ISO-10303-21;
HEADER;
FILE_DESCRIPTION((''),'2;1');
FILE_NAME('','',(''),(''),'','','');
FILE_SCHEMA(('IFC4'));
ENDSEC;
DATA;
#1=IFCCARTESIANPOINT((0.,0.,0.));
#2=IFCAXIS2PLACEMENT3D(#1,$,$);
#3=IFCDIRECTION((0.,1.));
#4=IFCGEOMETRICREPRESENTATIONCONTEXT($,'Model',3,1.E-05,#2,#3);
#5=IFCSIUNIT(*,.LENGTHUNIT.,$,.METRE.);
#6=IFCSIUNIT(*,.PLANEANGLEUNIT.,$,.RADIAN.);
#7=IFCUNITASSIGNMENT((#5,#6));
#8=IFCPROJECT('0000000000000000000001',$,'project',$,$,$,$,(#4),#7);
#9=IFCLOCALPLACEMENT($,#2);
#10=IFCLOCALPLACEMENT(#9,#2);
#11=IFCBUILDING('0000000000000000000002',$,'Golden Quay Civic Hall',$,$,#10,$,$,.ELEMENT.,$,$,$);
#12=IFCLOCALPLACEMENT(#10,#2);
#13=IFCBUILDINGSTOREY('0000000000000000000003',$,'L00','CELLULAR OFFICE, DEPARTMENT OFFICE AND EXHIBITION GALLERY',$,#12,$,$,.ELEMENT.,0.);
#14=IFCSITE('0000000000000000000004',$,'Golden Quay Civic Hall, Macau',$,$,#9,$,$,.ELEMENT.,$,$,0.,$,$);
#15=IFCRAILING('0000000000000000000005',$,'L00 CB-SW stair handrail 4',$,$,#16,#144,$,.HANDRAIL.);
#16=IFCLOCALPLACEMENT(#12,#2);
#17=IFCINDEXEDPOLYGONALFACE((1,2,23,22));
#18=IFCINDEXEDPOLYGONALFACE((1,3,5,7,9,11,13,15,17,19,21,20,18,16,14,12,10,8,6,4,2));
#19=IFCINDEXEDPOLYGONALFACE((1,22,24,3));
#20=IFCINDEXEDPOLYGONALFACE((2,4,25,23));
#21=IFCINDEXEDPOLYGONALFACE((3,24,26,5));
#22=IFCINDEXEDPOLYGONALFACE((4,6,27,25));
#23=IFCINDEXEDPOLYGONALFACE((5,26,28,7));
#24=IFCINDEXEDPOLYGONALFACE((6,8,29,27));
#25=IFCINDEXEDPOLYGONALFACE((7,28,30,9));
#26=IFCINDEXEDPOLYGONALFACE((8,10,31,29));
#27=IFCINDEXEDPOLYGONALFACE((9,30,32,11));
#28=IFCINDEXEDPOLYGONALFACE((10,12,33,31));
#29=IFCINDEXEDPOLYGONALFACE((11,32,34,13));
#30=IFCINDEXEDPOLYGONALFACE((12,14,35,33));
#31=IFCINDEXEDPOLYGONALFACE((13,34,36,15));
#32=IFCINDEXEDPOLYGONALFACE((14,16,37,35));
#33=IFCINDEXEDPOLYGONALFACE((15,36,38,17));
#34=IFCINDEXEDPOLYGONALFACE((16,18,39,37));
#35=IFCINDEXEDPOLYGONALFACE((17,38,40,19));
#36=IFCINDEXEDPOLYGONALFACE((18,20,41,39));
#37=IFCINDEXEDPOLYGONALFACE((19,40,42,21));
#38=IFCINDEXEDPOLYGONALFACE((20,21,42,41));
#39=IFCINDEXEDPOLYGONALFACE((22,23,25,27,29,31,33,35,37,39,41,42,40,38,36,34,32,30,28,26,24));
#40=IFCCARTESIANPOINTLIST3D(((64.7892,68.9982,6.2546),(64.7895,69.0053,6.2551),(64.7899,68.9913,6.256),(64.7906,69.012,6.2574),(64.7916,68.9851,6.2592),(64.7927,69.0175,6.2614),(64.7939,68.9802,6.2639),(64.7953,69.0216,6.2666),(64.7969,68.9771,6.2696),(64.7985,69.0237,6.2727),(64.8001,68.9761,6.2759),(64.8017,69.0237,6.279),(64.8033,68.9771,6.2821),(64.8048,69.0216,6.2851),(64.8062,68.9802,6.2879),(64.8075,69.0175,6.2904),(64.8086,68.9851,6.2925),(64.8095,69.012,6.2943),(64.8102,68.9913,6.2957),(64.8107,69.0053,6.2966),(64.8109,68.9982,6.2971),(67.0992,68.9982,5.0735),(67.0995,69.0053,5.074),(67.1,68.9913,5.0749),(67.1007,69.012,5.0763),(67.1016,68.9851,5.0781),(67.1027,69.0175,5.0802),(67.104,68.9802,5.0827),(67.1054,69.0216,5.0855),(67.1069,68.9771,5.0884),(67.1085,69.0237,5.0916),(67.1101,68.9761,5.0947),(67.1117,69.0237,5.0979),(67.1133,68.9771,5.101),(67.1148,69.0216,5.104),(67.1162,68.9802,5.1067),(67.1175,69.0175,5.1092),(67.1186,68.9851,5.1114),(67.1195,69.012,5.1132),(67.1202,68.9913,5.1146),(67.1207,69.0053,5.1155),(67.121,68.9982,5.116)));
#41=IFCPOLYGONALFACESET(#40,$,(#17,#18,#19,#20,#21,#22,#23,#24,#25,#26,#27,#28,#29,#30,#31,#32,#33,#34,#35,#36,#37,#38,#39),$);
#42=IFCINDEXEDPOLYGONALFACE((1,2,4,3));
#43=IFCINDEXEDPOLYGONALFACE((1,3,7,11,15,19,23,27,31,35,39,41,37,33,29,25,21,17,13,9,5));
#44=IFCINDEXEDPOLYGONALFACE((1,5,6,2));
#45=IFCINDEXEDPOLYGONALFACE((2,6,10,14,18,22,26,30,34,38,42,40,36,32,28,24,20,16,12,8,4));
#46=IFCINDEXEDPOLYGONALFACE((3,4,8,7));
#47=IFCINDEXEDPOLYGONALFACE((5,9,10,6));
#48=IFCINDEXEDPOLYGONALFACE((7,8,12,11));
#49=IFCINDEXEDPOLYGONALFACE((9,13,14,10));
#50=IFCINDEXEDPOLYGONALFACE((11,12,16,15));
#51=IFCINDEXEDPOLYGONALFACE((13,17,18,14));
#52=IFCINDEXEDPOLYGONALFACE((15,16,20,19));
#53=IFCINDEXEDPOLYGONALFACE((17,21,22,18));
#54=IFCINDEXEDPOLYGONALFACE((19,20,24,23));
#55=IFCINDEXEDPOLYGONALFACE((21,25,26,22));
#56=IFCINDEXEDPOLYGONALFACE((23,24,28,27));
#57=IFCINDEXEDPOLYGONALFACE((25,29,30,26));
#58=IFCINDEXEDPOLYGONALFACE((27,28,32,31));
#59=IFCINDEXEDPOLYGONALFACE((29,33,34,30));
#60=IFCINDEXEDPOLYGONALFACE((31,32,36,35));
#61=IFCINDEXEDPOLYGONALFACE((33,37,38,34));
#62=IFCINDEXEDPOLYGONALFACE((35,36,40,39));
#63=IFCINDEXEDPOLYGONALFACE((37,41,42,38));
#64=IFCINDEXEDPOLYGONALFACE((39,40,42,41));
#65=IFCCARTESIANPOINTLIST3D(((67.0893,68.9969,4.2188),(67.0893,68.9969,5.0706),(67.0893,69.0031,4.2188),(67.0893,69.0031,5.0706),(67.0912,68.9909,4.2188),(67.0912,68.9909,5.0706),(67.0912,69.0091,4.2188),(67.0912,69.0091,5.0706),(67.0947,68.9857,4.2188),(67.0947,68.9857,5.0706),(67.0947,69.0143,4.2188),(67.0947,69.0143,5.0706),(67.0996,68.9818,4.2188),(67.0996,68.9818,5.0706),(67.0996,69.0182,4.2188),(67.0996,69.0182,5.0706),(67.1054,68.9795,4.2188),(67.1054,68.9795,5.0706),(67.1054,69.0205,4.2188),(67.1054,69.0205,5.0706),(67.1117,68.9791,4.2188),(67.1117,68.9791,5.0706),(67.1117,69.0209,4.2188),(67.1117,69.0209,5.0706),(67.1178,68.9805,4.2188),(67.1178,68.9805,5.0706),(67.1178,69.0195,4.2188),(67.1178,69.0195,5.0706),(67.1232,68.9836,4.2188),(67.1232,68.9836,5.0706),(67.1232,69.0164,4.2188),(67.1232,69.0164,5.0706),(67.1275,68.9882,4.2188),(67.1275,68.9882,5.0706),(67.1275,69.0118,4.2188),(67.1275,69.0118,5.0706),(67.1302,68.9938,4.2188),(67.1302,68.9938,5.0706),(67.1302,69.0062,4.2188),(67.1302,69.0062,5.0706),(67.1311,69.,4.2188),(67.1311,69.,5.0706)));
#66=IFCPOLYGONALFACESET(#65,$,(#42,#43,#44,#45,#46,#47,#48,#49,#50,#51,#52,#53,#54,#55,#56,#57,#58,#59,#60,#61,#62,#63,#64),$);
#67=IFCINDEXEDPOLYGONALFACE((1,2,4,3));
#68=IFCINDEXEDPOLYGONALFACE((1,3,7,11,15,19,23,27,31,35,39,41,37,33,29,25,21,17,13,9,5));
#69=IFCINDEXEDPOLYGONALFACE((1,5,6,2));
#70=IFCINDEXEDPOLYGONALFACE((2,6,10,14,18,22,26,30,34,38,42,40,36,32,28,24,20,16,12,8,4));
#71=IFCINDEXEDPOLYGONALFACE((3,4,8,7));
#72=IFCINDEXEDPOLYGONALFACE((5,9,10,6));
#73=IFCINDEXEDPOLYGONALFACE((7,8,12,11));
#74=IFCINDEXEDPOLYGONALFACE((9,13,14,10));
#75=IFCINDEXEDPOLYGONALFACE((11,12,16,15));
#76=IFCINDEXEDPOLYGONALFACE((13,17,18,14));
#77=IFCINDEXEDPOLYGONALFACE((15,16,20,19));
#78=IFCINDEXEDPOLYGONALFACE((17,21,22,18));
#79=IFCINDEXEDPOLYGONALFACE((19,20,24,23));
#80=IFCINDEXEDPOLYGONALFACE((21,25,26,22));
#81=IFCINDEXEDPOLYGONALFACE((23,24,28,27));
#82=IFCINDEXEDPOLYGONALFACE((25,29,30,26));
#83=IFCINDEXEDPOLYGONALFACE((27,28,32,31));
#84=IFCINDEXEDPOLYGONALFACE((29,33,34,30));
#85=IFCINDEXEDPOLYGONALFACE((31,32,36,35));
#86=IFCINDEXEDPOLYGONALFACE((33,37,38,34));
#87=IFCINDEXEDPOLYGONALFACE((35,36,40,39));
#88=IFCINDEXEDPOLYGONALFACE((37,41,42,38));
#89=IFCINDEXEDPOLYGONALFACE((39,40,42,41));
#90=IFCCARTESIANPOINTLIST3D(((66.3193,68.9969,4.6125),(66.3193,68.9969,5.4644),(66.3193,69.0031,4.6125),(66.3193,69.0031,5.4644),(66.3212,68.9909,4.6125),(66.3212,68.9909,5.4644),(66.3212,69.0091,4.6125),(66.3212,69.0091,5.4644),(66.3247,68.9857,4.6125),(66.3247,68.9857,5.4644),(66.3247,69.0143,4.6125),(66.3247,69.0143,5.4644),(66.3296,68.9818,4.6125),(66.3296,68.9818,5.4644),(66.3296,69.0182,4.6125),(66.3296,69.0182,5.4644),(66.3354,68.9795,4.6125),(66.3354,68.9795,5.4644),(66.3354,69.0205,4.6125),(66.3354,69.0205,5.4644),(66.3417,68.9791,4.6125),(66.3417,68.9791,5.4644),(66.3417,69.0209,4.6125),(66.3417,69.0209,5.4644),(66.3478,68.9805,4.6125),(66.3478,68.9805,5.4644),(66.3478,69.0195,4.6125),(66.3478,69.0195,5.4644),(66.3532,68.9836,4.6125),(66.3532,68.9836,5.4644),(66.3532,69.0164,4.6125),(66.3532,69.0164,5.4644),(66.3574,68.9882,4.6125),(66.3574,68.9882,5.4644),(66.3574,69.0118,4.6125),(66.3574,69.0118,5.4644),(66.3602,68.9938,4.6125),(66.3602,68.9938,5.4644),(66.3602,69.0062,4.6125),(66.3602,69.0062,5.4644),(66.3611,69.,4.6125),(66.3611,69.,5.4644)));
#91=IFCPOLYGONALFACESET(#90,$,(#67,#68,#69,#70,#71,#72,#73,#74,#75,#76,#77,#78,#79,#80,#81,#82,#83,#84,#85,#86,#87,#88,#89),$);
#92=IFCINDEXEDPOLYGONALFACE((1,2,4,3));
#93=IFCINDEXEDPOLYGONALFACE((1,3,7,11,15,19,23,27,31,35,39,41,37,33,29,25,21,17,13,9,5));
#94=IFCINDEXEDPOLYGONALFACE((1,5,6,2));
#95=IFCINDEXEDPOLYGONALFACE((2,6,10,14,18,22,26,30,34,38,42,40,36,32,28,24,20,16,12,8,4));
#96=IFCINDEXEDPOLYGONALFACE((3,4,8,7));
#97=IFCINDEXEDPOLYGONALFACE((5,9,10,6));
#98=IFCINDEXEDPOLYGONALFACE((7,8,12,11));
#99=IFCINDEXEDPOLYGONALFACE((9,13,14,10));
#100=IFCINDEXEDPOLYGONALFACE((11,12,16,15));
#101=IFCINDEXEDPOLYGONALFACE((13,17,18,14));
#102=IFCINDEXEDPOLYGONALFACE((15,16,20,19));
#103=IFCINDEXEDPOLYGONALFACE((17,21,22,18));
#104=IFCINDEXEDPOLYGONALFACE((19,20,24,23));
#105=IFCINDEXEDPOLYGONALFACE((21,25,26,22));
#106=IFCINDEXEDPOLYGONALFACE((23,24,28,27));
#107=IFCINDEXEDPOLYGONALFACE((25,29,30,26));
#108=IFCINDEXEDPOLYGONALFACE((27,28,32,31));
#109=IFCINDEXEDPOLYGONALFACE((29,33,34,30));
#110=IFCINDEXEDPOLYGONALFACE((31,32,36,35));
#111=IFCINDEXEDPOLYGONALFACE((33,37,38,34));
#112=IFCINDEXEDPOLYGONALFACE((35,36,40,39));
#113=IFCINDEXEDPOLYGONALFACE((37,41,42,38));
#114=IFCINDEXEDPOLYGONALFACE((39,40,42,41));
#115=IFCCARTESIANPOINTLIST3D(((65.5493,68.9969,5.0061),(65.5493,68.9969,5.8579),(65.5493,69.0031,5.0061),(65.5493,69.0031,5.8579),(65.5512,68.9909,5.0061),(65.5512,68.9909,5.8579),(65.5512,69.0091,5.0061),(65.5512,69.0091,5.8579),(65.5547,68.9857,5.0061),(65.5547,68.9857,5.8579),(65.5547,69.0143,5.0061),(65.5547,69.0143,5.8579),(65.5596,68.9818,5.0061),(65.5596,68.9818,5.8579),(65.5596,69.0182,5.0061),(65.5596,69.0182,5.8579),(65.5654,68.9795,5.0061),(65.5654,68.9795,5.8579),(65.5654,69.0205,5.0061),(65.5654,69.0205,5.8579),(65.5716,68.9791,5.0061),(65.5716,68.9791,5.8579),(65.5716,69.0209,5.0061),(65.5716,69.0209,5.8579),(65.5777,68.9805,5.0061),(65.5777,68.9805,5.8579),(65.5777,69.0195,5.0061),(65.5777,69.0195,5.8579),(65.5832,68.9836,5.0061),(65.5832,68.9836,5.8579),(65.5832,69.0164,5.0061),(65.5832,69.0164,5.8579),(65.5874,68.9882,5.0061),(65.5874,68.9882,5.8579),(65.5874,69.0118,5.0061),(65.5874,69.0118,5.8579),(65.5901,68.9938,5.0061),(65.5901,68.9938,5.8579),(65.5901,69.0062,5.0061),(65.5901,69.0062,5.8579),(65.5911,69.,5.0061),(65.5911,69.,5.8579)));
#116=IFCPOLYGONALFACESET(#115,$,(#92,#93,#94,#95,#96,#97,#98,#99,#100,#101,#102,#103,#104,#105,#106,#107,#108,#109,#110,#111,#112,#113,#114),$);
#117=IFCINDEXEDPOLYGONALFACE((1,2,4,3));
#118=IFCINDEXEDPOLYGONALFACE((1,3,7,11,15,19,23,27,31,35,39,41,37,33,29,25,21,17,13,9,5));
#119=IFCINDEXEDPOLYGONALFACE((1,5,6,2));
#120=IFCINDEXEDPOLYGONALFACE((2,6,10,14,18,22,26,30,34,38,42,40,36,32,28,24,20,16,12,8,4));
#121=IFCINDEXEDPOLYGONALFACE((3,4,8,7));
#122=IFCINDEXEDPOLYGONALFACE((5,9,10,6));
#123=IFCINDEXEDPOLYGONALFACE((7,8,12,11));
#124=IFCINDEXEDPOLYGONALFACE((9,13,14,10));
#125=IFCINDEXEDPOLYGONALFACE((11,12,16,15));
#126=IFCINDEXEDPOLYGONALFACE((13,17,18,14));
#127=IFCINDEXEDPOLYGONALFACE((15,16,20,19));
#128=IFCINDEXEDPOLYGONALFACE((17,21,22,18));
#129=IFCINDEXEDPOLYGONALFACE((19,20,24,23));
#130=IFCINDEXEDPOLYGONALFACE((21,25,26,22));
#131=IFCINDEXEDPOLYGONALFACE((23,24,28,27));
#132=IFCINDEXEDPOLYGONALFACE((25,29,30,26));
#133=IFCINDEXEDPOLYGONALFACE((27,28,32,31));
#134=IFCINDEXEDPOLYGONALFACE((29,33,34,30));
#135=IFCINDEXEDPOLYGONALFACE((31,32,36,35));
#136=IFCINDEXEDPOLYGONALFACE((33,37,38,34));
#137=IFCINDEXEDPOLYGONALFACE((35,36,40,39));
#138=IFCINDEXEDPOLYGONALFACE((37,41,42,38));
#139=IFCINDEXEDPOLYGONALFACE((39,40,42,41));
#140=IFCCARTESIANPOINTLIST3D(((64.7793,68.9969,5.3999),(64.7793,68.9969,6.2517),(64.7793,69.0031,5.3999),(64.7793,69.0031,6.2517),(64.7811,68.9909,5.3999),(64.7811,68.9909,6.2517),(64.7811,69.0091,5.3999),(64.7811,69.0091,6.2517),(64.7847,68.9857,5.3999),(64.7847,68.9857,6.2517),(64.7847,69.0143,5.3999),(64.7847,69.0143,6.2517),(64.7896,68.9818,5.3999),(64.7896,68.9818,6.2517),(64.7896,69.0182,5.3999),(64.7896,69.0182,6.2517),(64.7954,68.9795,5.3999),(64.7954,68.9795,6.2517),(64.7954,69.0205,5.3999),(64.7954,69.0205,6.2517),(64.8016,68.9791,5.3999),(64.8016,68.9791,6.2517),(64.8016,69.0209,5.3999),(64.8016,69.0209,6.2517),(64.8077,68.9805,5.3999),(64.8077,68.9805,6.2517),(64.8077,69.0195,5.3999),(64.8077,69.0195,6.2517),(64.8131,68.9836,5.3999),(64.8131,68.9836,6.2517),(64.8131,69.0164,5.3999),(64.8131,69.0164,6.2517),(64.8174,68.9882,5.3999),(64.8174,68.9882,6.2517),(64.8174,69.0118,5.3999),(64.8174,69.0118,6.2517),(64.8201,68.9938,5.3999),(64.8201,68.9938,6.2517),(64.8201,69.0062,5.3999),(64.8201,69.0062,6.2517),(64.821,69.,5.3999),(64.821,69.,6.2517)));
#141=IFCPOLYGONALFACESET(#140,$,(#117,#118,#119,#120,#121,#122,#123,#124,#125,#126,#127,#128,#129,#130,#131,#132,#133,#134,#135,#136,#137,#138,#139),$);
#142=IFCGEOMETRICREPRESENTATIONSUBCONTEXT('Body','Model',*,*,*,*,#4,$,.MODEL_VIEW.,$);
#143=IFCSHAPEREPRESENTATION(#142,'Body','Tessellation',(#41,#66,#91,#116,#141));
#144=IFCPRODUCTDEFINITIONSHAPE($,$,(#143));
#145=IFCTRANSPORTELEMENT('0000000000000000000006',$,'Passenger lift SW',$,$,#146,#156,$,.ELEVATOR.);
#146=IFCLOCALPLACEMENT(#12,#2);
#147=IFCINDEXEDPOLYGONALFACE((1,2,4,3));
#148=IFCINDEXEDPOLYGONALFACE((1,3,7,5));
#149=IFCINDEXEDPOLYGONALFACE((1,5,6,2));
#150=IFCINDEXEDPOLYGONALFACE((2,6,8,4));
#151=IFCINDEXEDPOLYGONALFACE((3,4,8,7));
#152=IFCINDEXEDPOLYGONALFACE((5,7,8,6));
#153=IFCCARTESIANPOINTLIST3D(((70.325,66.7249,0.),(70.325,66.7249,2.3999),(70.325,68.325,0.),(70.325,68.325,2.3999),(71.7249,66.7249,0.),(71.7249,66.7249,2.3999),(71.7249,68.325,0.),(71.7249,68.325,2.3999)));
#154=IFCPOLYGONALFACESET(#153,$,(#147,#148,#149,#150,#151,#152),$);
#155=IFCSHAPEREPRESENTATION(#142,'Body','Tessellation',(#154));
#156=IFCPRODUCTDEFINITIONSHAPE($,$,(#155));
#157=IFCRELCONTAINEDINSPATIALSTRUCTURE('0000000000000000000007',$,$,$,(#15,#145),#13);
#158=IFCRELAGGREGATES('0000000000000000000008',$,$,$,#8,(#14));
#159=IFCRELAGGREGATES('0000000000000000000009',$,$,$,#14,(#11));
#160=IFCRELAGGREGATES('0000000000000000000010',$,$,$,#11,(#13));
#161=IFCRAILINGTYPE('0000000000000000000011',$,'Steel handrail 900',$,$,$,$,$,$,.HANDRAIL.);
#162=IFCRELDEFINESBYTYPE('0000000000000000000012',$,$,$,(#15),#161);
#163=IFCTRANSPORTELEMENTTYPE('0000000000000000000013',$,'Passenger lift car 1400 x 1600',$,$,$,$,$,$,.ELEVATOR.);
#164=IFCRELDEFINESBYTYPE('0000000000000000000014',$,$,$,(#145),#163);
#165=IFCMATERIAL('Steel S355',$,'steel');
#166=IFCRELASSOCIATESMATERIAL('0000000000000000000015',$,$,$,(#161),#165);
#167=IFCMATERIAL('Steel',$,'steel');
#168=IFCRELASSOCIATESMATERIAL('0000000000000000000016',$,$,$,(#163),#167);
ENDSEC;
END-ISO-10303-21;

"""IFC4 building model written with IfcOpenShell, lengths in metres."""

from ifc_helpers import new_model, si_unit, direction, frame, origin, origin_2d, place, context, subcontext, project, spatial, rectangle, circle, extrude, material, type_object, element, save


model = new_model("IFC4")

# Units and contexts
model_context = context("Model", 3, precision=1e-05, world=origin(), true_north=direction((0.0, 1.0)))
body_context = subcontext(model_context, "Body", "Model", "MODEL_VIEW")
ifc_project = project(units=[si_unit("LENGTHUNIT", "METRE"), si_unit("PLANEANGLEUNIT", "RADIAN")], contexts=[model_context])

# Site, building, storey
site_placement = place(None, origin())
site = spatial("IfcSite", under=ifc_project, at=site_placement, Name="Golden Quay Civic Hall, Macau", CompositionType="ELEMENT", RefElevation=0.0)
building_placement = place(site_placement, origin())
building = spatial("IfcBuilding", under=site, at=building_placement, Name="Golden Quay Civic Hall", CompositionType="ELEMENT")
storey_placement = place(building_placement, origin())
storey = spatial("IfcBuildingStorey", under=building, at=storey_placement, Name="L00", Description="CELLULAR OFFICE, DEPARTMENT OFFICE AND EXHIBITION GALLERY", CompositionType="ELEMENT", Elevation=0.0)

# Railing
ifc_material_1 = material(Name="Steel S355", Category="steel")
railing_type_1 = type_object("IfcRailingType", Name="Steel handrail 900", PredefinedType="HANDRAIL", material=ifc_material_1)
for number, where, name in (
    (1, (67.1101, 69.0, 4.2188), "L00 CB-SW stair handrail 4"),
):
    element("IfcRailing", number, at=place(storey_placement, frame(where)), inside=storey, type_object=railing_type_1, Name=name, PredefinedType="HANDRAIL", context=body_context, shape_type="SweptSolid", body=[
        extrude(circle(Radius=0.0239, at=origin_2d()), frame((0.0, 0.0, 0.876), z_axis=(-0.890363, 0.0, 0.45525), x_axis=(0.0, -1.0, 0.0)), (0.0, 0.0, 1.0), 2.5945),
        extrude(circle(Radius=0.021, at=origin_2d()), origin(), (0.0, 0.0, 1.0), 0.8518),
        extrude(circle(Radius=0.021, at=origin_2d()), frame((-0.77, 0.0, 0.3938)), (0.0, 0.0, 1.0), 0.8518),
        extrude(circle(Radius=0.021, at=origin_2d()), frame((-1.54, 0.0, 0.7874)), (0.0, 0.0, 1.0), 0.8518),
        extrude(circle(Radius=0.021, at=origin_2d()), frame((-2.3101, 0.0, 1.1812)), (0.0, 0.0, 1.0), 0.8518),
    ])

# Transport element
ifc_material_2 = material(Name="Steel", Category="steel")
transport_element_type = type_object("IfcTransportElementType", Name="Passenger lift car 1400 x 1600", PredefinedType="ELEVATOR", material=ifc_material_2)
transport_element_placement = place(storey_placement, frame((71.0249, 67.5249, 0.0), z_axis=(0.0, 0.0, 1.0), x_axis=(1.0, 0.0, 0.0)))
element("IfcTransportElement", 2, at=transport_element_placement, inside=storey, type_object=transport_element_type, Name="Passenger lift SW", PredefinedType="ELEVATOR", context=body_context, shape_type="SweptSolid", body=[
    extrude(rectangle(XDim=1.3999, YDim=1.6001, at=origin_2d()), origin(), (0.0, 0.0, 1.0), 2.3999),
])

save(model, "model.ifc")
